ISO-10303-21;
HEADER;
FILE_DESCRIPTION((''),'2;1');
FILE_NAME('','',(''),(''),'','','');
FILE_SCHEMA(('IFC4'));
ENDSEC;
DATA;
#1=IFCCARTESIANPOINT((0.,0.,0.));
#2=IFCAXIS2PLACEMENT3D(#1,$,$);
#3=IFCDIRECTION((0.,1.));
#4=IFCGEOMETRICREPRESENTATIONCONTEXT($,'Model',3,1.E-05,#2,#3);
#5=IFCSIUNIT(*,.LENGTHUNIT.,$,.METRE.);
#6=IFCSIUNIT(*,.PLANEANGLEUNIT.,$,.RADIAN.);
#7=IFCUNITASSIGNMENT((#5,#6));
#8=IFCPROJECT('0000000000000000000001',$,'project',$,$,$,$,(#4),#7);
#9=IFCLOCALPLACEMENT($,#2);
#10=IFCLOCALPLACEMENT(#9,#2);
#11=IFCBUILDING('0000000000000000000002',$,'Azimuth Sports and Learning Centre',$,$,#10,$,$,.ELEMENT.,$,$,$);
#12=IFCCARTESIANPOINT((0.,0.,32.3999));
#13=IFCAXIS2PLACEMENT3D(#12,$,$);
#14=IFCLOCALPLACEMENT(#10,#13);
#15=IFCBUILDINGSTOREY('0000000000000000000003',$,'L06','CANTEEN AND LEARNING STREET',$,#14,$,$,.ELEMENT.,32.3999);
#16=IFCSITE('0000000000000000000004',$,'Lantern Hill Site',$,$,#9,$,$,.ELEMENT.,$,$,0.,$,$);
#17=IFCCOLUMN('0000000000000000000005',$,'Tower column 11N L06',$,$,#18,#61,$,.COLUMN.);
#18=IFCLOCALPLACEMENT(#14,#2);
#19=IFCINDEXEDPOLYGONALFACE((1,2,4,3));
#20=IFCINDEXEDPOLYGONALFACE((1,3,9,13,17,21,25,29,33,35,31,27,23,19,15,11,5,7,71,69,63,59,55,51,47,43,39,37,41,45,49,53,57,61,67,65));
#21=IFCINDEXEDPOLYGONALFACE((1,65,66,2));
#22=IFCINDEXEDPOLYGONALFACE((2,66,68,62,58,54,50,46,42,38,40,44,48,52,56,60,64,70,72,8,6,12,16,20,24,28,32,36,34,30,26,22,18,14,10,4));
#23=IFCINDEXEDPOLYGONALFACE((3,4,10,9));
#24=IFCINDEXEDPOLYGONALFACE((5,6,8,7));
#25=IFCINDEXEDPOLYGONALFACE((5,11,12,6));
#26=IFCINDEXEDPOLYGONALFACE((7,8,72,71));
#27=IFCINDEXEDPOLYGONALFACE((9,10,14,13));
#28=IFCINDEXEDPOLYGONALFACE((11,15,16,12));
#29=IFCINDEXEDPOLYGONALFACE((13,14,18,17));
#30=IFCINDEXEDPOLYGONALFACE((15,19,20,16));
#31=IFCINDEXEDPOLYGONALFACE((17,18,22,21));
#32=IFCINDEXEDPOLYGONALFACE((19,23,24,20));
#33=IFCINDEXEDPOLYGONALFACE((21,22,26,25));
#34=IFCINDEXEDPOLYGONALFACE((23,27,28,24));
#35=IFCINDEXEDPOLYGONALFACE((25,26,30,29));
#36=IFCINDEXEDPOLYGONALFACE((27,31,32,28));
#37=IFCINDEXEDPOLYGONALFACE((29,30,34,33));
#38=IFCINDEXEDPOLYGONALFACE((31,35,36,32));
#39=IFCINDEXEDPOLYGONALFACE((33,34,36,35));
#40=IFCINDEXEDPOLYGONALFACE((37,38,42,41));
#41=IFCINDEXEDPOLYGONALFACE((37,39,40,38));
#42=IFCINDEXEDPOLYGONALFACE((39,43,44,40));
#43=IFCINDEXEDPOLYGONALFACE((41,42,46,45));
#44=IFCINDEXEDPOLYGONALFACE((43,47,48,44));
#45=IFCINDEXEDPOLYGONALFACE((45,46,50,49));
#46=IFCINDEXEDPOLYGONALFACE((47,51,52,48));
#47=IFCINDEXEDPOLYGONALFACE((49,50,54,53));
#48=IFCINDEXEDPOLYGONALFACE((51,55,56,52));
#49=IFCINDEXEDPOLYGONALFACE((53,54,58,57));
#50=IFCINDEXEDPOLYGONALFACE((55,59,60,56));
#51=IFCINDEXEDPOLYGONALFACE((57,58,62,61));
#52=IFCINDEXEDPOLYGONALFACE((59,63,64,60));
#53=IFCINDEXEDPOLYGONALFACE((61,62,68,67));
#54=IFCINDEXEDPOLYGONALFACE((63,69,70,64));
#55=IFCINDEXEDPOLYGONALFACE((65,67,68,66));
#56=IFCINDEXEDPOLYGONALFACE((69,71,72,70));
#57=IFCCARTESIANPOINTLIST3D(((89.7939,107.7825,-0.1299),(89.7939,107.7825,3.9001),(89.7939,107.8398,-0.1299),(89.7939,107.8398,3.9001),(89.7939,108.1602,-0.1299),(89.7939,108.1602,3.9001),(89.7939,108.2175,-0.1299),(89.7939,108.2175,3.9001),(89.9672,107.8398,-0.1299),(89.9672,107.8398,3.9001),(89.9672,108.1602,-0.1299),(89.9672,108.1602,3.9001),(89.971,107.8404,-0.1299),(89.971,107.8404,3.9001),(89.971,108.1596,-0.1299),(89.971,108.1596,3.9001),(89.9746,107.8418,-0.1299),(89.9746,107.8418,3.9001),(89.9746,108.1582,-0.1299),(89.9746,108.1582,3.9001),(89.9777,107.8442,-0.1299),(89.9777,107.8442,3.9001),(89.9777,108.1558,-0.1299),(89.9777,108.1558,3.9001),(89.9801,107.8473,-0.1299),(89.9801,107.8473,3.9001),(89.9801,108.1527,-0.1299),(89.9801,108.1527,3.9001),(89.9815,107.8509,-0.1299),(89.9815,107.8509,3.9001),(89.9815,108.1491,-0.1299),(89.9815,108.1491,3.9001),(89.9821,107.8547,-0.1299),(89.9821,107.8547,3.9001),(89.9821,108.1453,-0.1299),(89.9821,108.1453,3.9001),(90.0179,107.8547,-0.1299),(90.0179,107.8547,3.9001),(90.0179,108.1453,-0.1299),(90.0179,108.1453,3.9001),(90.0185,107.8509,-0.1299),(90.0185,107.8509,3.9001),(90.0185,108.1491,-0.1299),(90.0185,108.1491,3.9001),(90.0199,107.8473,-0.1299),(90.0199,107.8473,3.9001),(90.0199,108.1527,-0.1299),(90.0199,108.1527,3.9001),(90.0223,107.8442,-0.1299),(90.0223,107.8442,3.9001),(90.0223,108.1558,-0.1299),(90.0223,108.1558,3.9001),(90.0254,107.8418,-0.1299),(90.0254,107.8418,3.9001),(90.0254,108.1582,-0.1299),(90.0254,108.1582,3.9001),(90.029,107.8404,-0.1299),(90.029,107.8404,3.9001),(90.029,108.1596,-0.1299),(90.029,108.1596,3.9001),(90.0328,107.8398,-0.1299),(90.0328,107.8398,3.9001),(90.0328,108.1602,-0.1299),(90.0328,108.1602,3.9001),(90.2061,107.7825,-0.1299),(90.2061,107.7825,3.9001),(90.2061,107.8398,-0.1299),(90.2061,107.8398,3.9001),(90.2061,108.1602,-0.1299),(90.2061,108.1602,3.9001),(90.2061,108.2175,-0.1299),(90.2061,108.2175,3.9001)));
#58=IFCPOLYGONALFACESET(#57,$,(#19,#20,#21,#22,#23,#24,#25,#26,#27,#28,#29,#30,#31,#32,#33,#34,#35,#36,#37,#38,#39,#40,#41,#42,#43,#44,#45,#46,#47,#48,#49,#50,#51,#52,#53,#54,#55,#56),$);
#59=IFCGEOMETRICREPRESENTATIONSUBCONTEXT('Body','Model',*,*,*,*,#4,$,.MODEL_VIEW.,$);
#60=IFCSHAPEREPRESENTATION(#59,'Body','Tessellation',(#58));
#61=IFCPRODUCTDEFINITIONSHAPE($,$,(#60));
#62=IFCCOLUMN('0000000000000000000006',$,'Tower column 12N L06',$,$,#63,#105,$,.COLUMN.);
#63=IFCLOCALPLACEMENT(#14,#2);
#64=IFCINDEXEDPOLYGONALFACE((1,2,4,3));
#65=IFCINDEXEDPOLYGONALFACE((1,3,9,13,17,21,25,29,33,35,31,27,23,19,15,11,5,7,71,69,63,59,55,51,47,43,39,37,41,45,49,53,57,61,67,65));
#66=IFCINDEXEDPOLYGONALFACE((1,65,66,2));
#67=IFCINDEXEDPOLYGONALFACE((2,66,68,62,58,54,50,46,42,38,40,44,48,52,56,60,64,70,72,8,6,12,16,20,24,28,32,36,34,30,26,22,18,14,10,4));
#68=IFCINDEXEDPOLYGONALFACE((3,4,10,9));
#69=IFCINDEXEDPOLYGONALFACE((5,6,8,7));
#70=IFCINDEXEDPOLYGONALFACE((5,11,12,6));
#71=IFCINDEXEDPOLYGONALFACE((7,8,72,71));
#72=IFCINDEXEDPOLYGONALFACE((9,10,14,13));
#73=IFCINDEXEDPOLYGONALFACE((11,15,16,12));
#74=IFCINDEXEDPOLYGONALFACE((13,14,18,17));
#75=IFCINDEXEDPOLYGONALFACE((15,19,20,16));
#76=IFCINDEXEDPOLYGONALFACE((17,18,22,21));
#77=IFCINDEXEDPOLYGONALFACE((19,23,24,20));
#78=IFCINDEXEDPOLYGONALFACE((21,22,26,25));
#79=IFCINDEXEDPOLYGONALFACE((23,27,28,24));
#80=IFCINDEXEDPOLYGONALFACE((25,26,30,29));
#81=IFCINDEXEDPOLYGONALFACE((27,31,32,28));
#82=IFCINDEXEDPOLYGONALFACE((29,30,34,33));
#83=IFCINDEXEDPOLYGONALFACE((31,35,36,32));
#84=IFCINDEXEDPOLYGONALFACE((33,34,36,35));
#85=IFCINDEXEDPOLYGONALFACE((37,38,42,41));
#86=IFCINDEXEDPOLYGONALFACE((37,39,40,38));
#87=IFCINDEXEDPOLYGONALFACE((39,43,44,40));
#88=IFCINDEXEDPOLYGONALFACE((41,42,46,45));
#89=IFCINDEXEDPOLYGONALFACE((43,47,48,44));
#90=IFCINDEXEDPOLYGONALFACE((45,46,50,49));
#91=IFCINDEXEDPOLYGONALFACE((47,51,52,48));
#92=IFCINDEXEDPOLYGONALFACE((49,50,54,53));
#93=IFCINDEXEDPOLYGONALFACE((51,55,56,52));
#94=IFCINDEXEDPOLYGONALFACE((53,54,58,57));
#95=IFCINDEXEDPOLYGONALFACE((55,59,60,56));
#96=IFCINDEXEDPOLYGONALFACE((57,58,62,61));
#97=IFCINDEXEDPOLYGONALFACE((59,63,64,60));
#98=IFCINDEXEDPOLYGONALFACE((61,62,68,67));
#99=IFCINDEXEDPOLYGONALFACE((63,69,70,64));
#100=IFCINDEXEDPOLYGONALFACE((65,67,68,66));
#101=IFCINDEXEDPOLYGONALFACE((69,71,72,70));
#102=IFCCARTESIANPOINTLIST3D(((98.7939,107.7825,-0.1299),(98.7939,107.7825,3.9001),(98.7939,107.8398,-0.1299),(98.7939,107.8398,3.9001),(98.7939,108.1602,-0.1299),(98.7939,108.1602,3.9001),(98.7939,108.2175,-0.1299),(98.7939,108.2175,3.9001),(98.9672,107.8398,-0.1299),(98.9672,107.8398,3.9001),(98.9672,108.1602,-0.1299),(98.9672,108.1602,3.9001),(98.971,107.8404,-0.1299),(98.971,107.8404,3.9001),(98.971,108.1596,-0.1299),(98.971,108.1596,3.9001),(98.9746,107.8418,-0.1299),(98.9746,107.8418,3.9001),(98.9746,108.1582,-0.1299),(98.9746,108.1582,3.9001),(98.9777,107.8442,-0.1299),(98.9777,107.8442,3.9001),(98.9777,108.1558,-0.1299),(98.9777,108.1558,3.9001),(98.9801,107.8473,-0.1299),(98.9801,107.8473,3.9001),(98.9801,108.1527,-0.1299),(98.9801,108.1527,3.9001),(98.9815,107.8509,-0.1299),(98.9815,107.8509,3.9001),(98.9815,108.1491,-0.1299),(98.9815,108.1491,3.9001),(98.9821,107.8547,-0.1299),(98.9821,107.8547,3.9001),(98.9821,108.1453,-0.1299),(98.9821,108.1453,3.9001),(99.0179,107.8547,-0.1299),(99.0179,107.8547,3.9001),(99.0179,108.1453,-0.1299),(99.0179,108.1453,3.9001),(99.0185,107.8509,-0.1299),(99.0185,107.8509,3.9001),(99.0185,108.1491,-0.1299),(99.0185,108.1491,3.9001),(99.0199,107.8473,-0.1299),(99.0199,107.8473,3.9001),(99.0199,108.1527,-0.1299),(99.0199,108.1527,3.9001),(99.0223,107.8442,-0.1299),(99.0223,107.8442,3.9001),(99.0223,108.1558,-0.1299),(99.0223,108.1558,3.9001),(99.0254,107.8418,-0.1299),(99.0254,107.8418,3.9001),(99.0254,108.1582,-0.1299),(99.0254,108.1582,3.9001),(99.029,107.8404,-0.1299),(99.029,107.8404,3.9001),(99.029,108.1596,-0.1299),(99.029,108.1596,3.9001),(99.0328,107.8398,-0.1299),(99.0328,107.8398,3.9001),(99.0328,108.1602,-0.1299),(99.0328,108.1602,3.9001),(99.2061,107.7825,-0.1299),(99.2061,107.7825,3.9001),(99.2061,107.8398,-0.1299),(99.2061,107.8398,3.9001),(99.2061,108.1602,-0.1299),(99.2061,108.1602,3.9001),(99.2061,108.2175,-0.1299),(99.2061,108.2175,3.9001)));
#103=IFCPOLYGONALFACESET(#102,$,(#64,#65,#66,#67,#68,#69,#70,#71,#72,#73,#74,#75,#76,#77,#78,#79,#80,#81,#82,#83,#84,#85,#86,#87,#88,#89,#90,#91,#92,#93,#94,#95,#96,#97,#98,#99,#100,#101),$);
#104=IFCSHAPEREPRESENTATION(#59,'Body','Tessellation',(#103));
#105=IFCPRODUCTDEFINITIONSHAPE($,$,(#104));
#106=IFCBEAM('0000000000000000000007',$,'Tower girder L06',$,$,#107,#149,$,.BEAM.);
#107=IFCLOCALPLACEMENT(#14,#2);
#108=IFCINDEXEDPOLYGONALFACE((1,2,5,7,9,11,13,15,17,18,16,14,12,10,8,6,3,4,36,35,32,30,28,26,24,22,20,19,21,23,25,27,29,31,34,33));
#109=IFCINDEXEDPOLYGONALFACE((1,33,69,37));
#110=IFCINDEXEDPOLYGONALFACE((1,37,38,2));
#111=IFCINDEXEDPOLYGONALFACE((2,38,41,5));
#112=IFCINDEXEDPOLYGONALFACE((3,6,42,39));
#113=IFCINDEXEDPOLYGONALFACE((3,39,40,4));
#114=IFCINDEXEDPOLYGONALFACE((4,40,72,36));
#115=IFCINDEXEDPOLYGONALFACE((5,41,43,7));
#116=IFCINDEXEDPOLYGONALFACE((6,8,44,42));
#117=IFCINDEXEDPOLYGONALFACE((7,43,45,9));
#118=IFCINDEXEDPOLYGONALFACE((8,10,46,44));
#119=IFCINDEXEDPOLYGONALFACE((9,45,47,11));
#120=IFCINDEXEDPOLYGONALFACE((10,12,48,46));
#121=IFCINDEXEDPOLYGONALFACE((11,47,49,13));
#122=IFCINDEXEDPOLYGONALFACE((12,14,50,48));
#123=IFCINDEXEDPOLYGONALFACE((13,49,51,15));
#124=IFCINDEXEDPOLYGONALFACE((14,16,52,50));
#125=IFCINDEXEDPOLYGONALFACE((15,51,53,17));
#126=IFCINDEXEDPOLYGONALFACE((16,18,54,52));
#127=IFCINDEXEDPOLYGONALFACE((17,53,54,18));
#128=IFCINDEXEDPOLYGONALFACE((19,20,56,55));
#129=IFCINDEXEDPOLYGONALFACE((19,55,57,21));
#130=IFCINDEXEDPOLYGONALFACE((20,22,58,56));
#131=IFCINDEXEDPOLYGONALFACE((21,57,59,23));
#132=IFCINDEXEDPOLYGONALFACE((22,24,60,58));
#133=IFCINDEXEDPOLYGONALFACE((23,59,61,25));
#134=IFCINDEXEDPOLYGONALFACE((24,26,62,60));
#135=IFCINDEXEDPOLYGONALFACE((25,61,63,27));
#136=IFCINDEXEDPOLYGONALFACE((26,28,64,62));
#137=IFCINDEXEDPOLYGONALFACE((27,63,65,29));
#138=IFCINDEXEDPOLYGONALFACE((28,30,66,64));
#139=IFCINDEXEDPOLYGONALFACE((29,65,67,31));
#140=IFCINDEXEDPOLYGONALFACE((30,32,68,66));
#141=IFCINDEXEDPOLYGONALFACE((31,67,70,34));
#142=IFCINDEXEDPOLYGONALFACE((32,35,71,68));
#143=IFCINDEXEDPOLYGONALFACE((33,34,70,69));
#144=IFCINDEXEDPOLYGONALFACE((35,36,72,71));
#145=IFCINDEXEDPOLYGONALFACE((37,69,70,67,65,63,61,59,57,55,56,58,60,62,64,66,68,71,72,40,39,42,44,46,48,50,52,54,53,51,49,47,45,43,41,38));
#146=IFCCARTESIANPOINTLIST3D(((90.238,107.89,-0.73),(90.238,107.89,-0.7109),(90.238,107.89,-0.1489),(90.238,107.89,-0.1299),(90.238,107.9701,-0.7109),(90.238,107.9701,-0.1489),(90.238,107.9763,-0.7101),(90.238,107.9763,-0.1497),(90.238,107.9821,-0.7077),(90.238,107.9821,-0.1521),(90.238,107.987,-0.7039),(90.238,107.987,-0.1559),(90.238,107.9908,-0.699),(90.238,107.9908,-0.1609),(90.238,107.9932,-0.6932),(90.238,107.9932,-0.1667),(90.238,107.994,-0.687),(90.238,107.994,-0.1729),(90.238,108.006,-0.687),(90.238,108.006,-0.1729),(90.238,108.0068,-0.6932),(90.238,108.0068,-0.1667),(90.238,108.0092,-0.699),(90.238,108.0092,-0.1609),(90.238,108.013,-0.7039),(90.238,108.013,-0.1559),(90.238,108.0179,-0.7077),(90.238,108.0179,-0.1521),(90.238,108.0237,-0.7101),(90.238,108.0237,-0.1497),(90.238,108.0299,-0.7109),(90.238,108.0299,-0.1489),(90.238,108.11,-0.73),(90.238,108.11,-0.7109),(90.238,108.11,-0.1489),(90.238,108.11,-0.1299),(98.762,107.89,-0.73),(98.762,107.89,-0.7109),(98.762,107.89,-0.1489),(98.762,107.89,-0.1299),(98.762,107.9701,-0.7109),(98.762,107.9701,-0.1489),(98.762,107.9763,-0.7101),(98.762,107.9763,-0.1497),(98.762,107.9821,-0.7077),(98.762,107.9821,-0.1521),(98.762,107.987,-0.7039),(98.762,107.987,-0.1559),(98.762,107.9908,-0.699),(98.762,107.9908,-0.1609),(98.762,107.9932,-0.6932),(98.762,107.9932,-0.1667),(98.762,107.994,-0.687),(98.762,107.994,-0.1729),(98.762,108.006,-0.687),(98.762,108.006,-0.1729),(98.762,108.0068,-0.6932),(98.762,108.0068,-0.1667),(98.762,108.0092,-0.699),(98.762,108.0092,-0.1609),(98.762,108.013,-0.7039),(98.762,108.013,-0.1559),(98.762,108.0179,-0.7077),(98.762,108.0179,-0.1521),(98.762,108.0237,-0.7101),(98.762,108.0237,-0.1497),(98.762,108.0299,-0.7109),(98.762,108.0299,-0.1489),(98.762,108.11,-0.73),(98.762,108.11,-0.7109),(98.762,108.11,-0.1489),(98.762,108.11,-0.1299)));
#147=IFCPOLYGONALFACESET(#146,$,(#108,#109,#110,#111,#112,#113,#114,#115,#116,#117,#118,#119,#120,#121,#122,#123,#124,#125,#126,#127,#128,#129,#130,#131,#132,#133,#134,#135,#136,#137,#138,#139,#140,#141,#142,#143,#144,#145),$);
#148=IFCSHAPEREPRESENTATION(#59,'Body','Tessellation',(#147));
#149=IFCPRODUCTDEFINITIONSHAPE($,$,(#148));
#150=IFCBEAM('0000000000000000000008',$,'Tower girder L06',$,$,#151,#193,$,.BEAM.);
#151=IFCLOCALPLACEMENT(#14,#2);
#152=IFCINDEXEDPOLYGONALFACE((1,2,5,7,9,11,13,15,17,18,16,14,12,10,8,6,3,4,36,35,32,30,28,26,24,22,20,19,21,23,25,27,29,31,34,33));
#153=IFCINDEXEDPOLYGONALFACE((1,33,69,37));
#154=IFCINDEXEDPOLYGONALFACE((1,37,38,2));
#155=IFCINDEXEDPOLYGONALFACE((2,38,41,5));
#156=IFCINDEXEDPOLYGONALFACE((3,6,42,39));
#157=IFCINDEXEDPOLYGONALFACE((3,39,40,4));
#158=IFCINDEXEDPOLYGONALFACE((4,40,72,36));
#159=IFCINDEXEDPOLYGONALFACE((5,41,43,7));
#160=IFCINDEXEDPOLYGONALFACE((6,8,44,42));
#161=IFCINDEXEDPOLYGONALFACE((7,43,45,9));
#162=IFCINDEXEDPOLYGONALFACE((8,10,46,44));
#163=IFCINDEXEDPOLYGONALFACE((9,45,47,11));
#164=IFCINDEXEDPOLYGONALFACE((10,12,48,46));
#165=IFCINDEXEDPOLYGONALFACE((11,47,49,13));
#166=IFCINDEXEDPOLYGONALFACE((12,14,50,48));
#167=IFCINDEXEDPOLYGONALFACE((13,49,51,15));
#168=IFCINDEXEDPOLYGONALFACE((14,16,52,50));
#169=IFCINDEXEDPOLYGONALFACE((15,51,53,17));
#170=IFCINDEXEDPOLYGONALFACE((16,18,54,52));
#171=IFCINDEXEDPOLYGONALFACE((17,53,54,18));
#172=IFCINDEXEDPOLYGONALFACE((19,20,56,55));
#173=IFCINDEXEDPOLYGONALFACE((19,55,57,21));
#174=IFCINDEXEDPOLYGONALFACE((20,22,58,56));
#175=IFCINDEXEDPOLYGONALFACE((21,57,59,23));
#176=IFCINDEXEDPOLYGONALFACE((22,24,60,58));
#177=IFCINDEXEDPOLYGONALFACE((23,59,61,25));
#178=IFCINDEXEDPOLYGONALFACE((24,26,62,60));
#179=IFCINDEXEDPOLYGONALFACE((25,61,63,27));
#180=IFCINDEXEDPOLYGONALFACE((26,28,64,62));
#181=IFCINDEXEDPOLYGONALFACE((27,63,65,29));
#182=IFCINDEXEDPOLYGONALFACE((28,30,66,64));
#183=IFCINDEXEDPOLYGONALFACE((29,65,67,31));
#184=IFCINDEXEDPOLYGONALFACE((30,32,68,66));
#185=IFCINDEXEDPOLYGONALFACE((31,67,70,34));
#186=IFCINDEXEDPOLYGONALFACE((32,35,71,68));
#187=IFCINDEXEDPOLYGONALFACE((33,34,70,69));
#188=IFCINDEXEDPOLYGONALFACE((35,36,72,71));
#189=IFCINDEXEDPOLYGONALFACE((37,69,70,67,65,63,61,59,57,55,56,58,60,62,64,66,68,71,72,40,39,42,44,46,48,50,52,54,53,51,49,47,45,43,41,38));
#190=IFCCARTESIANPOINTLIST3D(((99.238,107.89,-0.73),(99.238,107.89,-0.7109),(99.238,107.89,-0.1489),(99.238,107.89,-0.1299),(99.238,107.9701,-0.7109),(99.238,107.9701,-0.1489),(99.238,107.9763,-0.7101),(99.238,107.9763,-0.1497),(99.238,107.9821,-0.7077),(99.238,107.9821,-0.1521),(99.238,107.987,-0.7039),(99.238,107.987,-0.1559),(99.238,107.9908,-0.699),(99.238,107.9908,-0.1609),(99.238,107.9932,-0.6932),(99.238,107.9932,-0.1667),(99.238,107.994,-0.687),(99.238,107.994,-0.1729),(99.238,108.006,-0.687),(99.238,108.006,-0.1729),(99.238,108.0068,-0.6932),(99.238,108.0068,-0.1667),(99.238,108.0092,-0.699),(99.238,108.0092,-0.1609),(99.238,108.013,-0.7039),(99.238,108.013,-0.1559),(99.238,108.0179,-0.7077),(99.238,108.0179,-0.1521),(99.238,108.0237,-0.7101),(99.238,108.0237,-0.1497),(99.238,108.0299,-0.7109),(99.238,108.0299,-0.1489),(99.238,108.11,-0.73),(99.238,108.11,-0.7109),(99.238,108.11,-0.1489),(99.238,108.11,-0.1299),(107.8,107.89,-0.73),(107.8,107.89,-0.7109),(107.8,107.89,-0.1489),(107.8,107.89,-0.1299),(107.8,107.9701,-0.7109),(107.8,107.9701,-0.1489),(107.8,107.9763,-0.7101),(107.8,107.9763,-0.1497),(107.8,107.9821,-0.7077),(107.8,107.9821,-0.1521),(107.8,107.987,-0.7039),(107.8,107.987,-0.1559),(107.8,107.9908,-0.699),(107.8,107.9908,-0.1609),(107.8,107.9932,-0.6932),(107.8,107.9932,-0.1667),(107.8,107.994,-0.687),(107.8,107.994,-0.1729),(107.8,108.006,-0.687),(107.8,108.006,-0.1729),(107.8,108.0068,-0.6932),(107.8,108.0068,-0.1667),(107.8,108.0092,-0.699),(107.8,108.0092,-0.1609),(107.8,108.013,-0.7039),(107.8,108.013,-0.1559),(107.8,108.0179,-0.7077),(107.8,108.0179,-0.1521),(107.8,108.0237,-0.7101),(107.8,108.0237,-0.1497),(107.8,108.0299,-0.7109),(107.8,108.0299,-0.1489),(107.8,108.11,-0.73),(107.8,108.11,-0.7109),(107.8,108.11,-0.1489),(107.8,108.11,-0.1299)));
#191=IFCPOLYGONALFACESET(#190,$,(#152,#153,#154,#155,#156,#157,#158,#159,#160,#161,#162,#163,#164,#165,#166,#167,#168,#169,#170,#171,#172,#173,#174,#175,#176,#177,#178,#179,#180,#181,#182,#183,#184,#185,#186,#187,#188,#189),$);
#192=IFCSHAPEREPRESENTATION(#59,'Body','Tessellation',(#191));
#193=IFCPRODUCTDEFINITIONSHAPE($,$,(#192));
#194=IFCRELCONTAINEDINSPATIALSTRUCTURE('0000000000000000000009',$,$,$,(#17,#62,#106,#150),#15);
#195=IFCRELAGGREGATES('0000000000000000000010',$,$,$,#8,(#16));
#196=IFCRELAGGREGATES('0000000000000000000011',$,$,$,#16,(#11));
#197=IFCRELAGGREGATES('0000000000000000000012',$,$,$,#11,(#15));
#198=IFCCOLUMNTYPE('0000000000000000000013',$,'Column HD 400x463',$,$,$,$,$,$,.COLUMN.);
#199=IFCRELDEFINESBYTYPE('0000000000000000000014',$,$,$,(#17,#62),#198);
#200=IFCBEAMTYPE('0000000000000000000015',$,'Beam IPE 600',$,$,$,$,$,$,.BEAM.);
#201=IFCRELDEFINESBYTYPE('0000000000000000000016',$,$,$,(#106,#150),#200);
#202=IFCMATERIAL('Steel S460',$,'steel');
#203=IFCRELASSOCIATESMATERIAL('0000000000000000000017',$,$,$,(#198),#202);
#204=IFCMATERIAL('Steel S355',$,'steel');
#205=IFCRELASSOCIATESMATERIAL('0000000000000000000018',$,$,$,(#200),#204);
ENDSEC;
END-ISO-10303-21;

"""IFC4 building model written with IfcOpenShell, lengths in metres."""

from ifc_helpers import new_model, si_unit, direction, frame, origin, origin_2d, place, context, subcontext, project, spatial, i_section, extrude, material, material_profile, profile_set, type_object, element, save


model = new_model("IFC4")

# Units and contexts
model_context = context("Model", 3, precision=1e-05, world=origin(), true_north=direction((0.0, 1.0)))
body_context = subcontext(model_context, "Body", "Model", "MODEL_VIEW")
ifc_project = project(units=[si_unit("LENGTHUNIT", "METRE"), si_unit("PLANEANGLEUNIT", "RADIAN")], contexts=[model_context])

# Site, building, storey
site_placement = place(None, origin())
site = spatial("IfcSite", under=ifc_project, at=site_placement, Name="Lantern Hill Site", CompositionType="ELEMENT", RefElevation=0.0)
building_placement = place(site_placement, origin())
building = spatial("IfcBuilding", under=site, at=building_placement, Name="Azimuth Sports and Learning Centre", CompositionType="ELEMENT")
storey_placement = place(building_placement, frame((0.0, 0.0, 32.3999)))
storey = spatial("IfcBuildingStorey", under=building, at=storey_placement, Name="L06", Description="CANTEEN AND LEARNING STREET", CompositionType="ELEMENT", Elevation=32.3999)

# Columns
ifc_material_1 = material(Name="Steel S460", Category="steel")
ifc_material_profile_1 = material_profile(ifc_material_1, i_section(OverallWidth=0.4121, OverallDepth=0.4351, WebThickness=0.0359, FlangeThickness=0.0574, FilletRadius=0.0149, at=origin_2d()), Name="HD 400x463")
ifc_profile_set_1 = profile_set([ifc_material_profile_1], Name="Steel S460")
column_type = type_object("IfcColumnType", Name="Column HD 400x463", PredefinedType="COLUMN", material=ifc_profile_set_1)
for number, where, z_axis, x_axis, name in (
    (1, (90.0, 108.0, -0.1299), (0.0, 0.0, 1.0), (1.0, 0.0, 0.0), "Tower column 11N L06"),
    (2, (99.0, 108.0, -0.1299), (0.0, 0.0, 1.0), (1.0, 0.0, 0.0), "Tower column 12N L06"),
):
    element("IfcColumn", number, at=place(storey_placement, frame(where, z_axis=z_axis, x_axis=x_axis)), inside=storey, type_object=column_type, Name=name, PredefinedType="COLUMN", context=body_context, shape_type="SweptSolid", body=[
        extrude(i_section(OverallWidth=0.4121, OverallDepth=0.4351, WebThickness=0.0359, FlangeThickness=0.0574, FilletRadius=0.0149, at=origin_2d()), origin(), (0.0, 0.0, 1.0), 4.03),
    ])

# Beams
ifc_material_2 = material(Name="Steel S355", Category="steel")
ifc_material_profile_2 = material_profile(ifc_material_2, i_section(OverallWidth=0.22, OverallDepth=0.6001, WebThickness=0.012, FlangeThickness=0.019, FilletRadius=0.0239, at=origin_2d()), Name="IPE 600")
ifc_profile_set_2 = profile_set([ifc_material_profile_2], Name="Steel S355")
beam_type_1 = type_object("IfcBeamType", Name="Beam IPE 600", PredefinedType="BEAM", material=ifc_profile_set_2)
beam_1_placement = place(storey_placement, frame((90.238, 108.0, -0.4299), z_axis=(1.0, 0.0, 0.0), x_axis=(0.0, 1.0, 0.0)))
element("IfcBeam", 3, at=beam_1_placement, inside=storey, type_object=beam_type_1, Name="Tower girder L06", PredefinedType="BEAM", context=body_context, shape_type="SweptSolid", body=[
    extrude(i_section(OverallWidth=0.22, OverallDepth=0.6001, WebThickness=0.012, FlangeThickness=0.019, FilletRadius=0.0239, at=origin_2d()), origin(), (0.0, 0.0, 1.0), 8.5239),
])
beam_2_placement = place(storey_placement, frame((99.238, 108.0, -0.4299), z_axis=(1.0, 0.0, 0.0), x_axis=(0.0, 1.0, 0.0)))
element("IfcBeam", 4, at=beam_2_placement, inside=storey, type_object=beam_type_1, Name="Tower girder L06", PredefinedType="BEAM", context=body_context, shape_type="SweptSolid", body=[
    extrude(i_section(OverallWidth=0.22, OverallDepth=0.6001, WebThickness=0.012, FlangeThickness=0.019, FilletRadius=0.0239, at=origin_2d()), origin(), (0.0, 0.0, 1.0), 8.562),
])

save(model, "model.ifc")
